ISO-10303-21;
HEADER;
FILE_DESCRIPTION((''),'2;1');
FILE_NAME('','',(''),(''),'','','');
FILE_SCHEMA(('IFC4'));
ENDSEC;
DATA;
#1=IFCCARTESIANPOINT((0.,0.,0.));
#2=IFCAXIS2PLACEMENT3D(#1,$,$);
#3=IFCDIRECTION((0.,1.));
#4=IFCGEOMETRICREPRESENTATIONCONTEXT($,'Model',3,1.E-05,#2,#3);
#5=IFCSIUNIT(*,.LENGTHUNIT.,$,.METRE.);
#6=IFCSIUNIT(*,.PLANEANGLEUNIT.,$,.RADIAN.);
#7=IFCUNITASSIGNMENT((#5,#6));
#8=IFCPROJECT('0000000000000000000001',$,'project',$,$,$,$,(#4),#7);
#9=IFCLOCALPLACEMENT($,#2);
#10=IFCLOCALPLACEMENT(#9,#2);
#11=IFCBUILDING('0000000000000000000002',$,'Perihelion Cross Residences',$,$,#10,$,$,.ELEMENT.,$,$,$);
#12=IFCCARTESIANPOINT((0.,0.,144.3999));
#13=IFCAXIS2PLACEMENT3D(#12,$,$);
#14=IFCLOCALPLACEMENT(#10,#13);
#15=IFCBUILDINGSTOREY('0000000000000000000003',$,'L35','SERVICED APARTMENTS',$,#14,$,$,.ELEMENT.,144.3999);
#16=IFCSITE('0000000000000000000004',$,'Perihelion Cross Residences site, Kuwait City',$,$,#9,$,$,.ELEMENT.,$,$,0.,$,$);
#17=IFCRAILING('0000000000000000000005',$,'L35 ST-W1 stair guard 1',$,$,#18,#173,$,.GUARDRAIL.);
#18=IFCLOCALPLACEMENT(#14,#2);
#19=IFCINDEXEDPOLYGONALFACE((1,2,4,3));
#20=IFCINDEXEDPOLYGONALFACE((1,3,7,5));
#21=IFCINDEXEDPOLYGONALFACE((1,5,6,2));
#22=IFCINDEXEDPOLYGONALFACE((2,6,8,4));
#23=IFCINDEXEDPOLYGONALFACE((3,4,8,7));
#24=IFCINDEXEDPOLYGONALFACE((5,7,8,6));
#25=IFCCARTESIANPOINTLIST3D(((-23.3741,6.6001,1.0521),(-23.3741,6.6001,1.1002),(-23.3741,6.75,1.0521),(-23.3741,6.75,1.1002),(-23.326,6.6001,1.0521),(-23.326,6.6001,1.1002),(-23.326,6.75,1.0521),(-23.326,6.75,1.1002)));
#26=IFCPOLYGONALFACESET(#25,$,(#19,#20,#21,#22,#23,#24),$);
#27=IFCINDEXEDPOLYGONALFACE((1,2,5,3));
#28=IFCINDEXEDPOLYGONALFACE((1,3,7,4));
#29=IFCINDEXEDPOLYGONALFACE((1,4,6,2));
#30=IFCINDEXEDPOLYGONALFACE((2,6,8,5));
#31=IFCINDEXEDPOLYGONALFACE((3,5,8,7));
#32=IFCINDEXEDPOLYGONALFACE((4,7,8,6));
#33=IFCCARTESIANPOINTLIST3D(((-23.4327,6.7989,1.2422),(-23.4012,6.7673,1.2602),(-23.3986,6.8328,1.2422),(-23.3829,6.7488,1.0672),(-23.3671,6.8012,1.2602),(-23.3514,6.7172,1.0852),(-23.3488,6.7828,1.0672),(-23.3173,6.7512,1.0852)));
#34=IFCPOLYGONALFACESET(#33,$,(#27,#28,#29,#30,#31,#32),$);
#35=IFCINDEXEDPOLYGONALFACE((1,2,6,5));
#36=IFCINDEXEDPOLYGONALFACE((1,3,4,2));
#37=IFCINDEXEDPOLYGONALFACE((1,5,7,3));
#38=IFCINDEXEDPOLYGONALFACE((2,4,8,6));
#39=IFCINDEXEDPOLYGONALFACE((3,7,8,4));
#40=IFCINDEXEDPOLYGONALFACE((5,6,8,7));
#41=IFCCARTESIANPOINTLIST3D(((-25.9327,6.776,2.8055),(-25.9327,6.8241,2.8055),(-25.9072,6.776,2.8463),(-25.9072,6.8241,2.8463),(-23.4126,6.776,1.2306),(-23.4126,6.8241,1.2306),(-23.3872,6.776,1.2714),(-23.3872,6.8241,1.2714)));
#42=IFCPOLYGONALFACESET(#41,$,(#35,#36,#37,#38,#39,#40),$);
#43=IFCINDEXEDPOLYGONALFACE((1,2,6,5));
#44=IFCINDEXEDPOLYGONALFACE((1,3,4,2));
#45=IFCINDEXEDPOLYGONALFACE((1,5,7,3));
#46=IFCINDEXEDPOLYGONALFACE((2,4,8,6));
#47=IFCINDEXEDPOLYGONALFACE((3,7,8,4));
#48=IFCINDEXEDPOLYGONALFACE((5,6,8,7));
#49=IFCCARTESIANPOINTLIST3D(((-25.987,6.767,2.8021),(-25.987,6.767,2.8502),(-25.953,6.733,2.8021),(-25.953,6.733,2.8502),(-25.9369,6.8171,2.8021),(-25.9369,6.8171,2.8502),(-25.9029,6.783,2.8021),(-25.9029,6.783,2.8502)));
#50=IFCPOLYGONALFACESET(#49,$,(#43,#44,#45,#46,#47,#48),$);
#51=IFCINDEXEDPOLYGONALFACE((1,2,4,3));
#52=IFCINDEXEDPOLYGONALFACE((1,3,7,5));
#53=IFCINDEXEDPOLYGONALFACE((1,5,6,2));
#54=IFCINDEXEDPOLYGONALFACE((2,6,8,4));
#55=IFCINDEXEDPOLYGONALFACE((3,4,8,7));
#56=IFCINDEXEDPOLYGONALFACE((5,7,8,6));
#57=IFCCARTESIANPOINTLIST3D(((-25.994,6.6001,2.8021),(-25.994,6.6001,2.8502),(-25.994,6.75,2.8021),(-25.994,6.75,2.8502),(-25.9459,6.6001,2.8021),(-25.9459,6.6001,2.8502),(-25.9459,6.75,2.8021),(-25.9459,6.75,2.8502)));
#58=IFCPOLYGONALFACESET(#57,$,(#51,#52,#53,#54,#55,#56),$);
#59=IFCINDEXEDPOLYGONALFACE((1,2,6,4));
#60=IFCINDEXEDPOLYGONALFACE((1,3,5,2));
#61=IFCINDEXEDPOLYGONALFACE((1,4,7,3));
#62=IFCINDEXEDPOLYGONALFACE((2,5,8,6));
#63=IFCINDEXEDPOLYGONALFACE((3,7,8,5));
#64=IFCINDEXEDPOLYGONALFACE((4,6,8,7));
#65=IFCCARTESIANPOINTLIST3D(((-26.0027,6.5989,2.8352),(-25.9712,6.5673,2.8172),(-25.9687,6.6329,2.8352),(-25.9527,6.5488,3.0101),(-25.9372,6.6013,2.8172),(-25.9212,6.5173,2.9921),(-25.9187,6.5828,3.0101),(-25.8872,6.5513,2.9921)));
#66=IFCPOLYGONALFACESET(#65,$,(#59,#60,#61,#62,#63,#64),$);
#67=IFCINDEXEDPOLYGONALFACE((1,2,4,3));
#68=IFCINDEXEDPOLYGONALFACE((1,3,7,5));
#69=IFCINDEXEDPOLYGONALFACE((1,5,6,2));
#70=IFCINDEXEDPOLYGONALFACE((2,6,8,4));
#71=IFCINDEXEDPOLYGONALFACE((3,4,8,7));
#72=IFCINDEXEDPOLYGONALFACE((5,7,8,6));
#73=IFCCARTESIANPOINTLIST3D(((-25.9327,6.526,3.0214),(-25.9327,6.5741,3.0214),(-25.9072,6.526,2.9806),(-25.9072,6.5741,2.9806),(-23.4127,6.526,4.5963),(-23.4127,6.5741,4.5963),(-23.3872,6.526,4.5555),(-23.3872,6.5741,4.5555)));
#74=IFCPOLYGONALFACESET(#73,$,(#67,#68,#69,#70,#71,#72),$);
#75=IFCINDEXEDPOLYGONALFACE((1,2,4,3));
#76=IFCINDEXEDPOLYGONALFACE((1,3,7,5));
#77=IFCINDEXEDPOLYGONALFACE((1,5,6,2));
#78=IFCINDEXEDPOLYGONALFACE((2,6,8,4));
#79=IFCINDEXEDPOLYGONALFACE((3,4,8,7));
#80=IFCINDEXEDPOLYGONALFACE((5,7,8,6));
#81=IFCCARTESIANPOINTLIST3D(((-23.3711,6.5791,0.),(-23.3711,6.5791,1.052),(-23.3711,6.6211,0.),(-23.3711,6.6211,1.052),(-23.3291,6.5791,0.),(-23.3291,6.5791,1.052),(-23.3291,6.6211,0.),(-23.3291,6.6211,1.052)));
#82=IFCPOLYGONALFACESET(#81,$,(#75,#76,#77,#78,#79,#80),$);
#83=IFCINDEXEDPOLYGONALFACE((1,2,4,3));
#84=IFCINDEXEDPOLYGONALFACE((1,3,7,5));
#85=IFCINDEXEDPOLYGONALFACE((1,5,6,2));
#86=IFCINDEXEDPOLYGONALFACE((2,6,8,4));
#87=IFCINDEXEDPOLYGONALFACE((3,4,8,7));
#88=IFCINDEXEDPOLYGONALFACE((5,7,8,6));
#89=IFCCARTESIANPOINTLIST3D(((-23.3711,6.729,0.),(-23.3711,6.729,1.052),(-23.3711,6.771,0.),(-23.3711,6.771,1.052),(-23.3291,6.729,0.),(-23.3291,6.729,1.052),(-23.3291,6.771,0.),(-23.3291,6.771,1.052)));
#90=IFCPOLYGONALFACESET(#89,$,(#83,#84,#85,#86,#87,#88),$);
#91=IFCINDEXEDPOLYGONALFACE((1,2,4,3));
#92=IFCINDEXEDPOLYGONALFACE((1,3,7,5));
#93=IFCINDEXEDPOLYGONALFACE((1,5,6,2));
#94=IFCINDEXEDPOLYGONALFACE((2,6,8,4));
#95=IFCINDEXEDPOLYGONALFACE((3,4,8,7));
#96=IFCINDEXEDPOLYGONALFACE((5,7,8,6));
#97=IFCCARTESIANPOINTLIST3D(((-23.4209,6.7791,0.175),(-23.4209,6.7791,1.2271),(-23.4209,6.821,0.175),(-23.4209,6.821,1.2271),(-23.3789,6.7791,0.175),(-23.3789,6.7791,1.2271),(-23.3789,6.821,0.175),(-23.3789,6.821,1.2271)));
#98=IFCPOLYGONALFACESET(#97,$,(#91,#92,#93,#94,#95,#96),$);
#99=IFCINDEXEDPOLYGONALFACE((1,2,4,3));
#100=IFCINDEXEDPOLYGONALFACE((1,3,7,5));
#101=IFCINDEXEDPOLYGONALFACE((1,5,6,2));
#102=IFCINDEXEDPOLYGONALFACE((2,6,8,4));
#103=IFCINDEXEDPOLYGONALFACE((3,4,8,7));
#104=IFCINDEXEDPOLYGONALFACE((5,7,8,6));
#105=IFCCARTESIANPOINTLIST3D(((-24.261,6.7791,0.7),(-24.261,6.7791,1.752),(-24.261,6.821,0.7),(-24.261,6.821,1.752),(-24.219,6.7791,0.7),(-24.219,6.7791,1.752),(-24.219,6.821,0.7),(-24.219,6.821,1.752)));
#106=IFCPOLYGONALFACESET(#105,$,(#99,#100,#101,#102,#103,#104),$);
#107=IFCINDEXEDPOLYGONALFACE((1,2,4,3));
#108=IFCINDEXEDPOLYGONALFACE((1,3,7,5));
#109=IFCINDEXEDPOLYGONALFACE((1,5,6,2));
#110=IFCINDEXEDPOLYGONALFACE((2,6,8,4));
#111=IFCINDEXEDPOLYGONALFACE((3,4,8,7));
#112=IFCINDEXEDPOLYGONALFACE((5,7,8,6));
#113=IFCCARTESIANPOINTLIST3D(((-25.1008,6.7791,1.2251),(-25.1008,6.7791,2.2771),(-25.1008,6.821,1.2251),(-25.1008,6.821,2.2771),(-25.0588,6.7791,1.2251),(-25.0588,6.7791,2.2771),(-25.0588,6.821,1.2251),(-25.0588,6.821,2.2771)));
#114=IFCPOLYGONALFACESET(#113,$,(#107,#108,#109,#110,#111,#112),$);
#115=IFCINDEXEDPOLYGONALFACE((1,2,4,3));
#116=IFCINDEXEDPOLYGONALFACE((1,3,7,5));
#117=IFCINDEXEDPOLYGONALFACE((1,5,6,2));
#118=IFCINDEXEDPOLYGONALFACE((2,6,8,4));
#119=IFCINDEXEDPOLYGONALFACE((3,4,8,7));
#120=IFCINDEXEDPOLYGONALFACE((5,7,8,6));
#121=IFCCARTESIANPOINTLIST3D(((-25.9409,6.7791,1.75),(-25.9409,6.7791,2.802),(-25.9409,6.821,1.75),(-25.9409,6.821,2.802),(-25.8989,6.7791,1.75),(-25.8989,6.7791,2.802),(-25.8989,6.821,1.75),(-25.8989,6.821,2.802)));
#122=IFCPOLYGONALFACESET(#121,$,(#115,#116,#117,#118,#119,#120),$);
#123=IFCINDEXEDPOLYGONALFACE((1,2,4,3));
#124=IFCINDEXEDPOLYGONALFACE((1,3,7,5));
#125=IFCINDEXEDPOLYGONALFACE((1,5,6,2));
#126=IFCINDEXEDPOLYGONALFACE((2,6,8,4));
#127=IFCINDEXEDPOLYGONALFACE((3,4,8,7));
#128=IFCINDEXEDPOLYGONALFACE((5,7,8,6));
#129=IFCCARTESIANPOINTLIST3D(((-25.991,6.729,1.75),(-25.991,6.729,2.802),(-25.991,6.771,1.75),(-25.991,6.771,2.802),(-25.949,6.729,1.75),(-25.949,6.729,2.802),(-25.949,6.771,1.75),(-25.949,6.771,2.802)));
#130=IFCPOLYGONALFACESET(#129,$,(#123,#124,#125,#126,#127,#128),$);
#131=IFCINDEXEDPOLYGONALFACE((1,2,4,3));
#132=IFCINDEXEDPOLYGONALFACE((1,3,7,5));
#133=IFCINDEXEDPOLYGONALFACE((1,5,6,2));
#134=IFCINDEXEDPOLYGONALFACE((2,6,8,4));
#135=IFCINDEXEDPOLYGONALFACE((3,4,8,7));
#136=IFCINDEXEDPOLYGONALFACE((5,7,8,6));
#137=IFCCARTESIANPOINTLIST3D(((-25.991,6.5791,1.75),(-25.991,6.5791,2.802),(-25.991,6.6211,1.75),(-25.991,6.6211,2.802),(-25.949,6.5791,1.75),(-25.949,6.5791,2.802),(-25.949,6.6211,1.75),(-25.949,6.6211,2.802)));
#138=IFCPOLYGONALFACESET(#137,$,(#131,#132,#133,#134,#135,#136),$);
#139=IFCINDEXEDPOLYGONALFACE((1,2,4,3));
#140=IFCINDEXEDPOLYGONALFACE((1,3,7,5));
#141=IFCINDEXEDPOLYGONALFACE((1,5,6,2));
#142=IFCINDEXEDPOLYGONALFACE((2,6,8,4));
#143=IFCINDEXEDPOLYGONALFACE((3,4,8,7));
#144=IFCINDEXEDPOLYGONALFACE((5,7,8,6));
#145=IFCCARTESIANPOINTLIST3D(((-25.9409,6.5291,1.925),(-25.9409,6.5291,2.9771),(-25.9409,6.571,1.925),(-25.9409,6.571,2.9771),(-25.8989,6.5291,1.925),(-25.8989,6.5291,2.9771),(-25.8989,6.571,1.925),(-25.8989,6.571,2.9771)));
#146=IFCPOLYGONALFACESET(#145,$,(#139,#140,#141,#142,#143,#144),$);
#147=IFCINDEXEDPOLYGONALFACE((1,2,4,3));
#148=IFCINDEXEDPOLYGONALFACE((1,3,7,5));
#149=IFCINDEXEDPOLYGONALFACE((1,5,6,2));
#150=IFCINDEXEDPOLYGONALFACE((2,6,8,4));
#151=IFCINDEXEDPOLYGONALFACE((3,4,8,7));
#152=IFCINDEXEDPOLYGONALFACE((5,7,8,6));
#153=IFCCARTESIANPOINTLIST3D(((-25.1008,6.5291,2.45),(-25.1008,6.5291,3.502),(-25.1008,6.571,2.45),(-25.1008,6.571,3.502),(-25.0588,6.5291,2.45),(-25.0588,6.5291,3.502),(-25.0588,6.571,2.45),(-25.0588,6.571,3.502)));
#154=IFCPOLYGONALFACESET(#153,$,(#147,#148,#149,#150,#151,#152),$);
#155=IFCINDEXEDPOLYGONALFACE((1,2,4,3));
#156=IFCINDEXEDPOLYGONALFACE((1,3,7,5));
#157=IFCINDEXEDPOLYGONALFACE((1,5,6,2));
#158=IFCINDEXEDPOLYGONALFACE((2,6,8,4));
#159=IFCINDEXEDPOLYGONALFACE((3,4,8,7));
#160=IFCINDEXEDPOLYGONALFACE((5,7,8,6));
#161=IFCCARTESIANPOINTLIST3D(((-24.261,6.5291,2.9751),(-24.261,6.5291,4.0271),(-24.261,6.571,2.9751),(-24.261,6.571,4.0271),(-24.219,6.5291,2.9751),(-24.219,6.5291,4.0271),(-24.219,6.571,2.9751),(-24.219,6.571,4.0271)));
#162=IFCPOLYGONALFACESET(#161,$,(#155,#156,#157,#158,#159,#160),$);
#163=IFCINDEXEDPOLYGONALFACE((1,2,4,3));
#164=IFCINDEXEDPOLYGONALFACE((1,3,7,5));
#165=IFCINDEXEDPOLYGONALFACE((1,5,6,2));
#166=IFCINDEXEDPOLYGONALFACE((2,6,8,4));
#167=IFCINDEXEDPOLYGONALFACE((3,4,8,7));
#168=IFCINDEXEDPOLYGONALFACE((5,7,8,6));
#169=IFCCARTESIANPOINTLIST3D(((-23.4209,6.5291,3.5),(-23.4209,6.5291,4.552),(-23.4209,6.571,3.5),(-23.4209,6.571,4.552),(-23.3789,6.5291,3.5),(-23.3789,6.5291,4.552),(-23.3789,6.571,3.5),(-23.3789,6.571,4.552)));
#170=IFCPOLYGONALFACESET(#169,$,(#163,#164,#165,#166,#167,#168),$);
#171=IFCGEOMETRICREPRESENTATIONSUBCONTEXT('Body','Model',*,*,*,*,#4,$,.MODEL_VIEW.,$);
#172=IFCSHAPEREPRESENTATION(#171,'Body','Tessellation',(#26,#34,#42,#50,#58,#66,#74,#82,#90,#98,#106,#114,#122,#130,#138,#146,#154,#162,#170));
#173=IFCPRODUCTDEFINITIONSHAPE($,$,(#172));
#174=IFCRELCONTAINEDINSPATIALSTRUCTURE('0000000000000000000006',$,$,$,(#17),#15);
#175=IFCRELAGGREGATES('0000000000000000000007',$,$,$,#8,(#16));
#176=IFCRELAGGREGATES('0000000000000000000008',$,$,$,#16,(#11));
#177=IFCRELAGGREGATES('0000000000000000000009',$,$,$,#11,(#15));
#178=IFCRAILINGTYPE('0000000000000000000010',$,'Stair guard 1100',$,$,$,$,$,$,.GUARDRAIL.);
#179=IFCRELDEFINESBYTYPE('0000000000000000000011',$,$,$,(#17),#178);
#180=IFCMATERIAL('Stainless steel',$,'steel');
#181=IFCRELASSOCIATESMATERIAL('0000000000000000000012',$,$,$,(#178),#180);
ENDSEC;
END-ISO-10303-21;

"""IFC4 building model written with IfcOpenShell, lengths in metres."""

from ifc_helpers import new_model, si_unit, direction, frame, origin, origin_2d, place, context, subcontext, project, spatial, rectangle, extrude, material, type_object, element, save


model = new_model("IFC4")

# Units and contexts
model_context = context("Model", 3, precision=1e-05, world=origin(), true_north=direction((0.0, 1.0)))
body_context = subcontext(model_context, "Body", "Model", "MODEL_VIEW")
ifc_project = project(units=[si_unit("LENGTHUNIT", "METRE"), si_unit("PLANEANGLEUNIT", "RADIAN")], contexts=[model_context])

# Site, building, storey
site_placement = place(None, origin())
site = spatial("IfcSite", under=ifc_project, at=site_placement, Name="Perihelion Cross Residences site, Kuwait City", CompositionType="ELEMENT", RefElevation=0.0)
building_placement = place(site_placement, origin())
building = spatial("IfcBuilding", under=site, at=building_placement, Name="Perihelion Cross Residences", CompositionType="ELEMENT")
storey_placement = place(building_placement, frame((0.0, 0.0, 144.3999)))
storey = spatial("IfcBuildingStorey", under=building, at=storey_placement, Name="L35", Description="SERVICED APARTMENTS", CompositionType="ELEMENT", Elevation=144.3999)

# Railing
ifc_material_1 = material(Name="Stainless steel", Category="steel")
railing_type_1 = type_object("IfcRailingType", Name="Stair guard 1100", PredefinedType="GUARDRAIL", material=ifc_material_1)
railing_1_placement = place(storey_placement, frame((-23.3501, 6.6001, 0.0)))
element("IfcRailing", 1, at=railing_1_placement, inside=storey, type_object=railing_type_1, Name="L35 ST-W1 stair guard 1", PredefinedType="GUARDRAIL", context=body_context, shape_type="SweptSolid", body=[
    extrude(rectangle(XDim=0.0481, YDim=0.0481, at=origin_2d()), frame((0.0, 0.0, 1.0762), z_axis=(0.0, 1.0, 0.0), x_axis=(-1.0, 0.0, 0.0)), (0.0, 0.0, 1.0), 0.1499),
    extrude(rectangle(XDim=0.0481, YDim=0.0481, at=origin_2d()), frame((0.0, 0.1499, 1.0762), z_axis=(-0.263862, 0.265156, 0.927399), x_axis=(-0.708834, -0.705376, 0.0)), (0.0, 0.0, 1.0), 0.1887),
    extrude(rectangle(XDim=0.0481, YDim=0.0481, at=origin_2d()), frame((-0.0498, 0.2, 1.251), z_axis=(-0.848008, 0.0, 0.529984), x_axis=(0.0, -1.0, 0.0)), (0.0, 0.0, 1.0), 2.9717),
    extrude(rectangle(XDim=0.0481, YDim=0.0481, at=origin_2d()), frame((-2.5698, 0.2, 2.8262), z_axis=(-0.707107, -0.707107, 0.0), x_axis=(0.707107, -0.707107, 0.0)), (0.0, 0.0, 1.0), 0.0708),
    extrude(rectangle(XDim=0.0481, YDim=0.0481, at=origin_2d()), frame((-2.6199, 0.1499, 2.8262), z_axis=(0.0, -1.0, 0.0), x_axis=(1.0, 0.0, 0.0)), (0.0, 0.0, 1.0), 0.1499),
    extrude(rectangle(XDim=0.0481, YDim=0.0481, at=origin_2d()), frame((-2.6199, 0.0, 2.8262), z_axis=(0.265065, -0.265065, 0.927082), x_axis=(0.707107, 0.707107, 0.0)), (0.0, 0.0, 1.0), 0.1887),
    extrude(rectangle(XDim=0.0481, YDim=0.0481, at=origin_2d()), frame((-2.5698, -0.05, 3.001), z_axis=(0.848008, 0.0, 0.529984), x_axis=(0.0, 1.0, 0.0)), (0.0, 0.0, 1.0), 2.9717),
    extrude(rectangle(XDim=0.042, YDim=0.042, at=origin_2d()), origin(), (0.0, 0.0, 1.0), 1.052),
    extrude(rectangle(XDim=0.042, YDim=0.042, at=origin_2d()), frame((0.0, 0.1499, 0.0)), (0.0, 0.0, 1.0), 1.052),
    extrude(rectangle(XDim=0.042, YDim=0.042, at=origin_2d()), frame((-0.0498, 0.2, 0.175)), (0.0, 0.0, 1.0), 1.052),
    extrude(rectangle(XDim=0.042, YDim=0.042, at=origin_2d()), frame((-0.8899, 0.2, 0.7)), (0.0, 0.0, 1.0), 1.052),
    extrude(rectangle(XDim=0.042, YDim=0.042, at=origin_2d()), frame((-1.7297, 0.2, 1.2251)), (0.0, 0.0, 1.0), 1.052),
    extrude(rectangle(XDim=0.042, YDim=0.042, at=origin_2d()), frame((-2.5698, 0.2, 1.75)), (0.0, 0.0, 1.0), 1.052),
    extrude(rectangle(XDim=0.042, YDim=0.042, at=origin_2d()), frame((-2.6199, 0.1499, 1.75)), (0.0, 0.0, 1.0), 1.052),
    extrude(rectangle(XDim=0.042, YDim=0.042, at=origin_2d()), frame((-2.6199, 0.0, 1.75)), (0.0, 0.0, 1.0), 1.052),
    extrude(rectangle(XDim=0.042, YDim=0.042, at=origin_2d()), frame((-2.5698, -0.05, 1.925)), (0.0, 0.0, 1.0), 1.052),
    extrude(rectangle(XDim=0.042, YDim=0.042, at=origin_2d()), frame((-1.7297, -0.05, 2.45)), (0.0, 0.0, 1.0), 1.052),
    extrude(rectangle(XDim=0.042, YDim=0.042, at=origin_2d()), frame((-0.8899, -0.05, 2.9751)), (0.0, 0.0, 1.0), 1.052),
    extrude(rectangle(XDim=0.042, YDim=0.042, at=origin_2d()), frame((-0.0498, -0.05, 3.5)), (0.0, 0.0, 1.0), 1.052),
])

save(model, "model.ifc")
